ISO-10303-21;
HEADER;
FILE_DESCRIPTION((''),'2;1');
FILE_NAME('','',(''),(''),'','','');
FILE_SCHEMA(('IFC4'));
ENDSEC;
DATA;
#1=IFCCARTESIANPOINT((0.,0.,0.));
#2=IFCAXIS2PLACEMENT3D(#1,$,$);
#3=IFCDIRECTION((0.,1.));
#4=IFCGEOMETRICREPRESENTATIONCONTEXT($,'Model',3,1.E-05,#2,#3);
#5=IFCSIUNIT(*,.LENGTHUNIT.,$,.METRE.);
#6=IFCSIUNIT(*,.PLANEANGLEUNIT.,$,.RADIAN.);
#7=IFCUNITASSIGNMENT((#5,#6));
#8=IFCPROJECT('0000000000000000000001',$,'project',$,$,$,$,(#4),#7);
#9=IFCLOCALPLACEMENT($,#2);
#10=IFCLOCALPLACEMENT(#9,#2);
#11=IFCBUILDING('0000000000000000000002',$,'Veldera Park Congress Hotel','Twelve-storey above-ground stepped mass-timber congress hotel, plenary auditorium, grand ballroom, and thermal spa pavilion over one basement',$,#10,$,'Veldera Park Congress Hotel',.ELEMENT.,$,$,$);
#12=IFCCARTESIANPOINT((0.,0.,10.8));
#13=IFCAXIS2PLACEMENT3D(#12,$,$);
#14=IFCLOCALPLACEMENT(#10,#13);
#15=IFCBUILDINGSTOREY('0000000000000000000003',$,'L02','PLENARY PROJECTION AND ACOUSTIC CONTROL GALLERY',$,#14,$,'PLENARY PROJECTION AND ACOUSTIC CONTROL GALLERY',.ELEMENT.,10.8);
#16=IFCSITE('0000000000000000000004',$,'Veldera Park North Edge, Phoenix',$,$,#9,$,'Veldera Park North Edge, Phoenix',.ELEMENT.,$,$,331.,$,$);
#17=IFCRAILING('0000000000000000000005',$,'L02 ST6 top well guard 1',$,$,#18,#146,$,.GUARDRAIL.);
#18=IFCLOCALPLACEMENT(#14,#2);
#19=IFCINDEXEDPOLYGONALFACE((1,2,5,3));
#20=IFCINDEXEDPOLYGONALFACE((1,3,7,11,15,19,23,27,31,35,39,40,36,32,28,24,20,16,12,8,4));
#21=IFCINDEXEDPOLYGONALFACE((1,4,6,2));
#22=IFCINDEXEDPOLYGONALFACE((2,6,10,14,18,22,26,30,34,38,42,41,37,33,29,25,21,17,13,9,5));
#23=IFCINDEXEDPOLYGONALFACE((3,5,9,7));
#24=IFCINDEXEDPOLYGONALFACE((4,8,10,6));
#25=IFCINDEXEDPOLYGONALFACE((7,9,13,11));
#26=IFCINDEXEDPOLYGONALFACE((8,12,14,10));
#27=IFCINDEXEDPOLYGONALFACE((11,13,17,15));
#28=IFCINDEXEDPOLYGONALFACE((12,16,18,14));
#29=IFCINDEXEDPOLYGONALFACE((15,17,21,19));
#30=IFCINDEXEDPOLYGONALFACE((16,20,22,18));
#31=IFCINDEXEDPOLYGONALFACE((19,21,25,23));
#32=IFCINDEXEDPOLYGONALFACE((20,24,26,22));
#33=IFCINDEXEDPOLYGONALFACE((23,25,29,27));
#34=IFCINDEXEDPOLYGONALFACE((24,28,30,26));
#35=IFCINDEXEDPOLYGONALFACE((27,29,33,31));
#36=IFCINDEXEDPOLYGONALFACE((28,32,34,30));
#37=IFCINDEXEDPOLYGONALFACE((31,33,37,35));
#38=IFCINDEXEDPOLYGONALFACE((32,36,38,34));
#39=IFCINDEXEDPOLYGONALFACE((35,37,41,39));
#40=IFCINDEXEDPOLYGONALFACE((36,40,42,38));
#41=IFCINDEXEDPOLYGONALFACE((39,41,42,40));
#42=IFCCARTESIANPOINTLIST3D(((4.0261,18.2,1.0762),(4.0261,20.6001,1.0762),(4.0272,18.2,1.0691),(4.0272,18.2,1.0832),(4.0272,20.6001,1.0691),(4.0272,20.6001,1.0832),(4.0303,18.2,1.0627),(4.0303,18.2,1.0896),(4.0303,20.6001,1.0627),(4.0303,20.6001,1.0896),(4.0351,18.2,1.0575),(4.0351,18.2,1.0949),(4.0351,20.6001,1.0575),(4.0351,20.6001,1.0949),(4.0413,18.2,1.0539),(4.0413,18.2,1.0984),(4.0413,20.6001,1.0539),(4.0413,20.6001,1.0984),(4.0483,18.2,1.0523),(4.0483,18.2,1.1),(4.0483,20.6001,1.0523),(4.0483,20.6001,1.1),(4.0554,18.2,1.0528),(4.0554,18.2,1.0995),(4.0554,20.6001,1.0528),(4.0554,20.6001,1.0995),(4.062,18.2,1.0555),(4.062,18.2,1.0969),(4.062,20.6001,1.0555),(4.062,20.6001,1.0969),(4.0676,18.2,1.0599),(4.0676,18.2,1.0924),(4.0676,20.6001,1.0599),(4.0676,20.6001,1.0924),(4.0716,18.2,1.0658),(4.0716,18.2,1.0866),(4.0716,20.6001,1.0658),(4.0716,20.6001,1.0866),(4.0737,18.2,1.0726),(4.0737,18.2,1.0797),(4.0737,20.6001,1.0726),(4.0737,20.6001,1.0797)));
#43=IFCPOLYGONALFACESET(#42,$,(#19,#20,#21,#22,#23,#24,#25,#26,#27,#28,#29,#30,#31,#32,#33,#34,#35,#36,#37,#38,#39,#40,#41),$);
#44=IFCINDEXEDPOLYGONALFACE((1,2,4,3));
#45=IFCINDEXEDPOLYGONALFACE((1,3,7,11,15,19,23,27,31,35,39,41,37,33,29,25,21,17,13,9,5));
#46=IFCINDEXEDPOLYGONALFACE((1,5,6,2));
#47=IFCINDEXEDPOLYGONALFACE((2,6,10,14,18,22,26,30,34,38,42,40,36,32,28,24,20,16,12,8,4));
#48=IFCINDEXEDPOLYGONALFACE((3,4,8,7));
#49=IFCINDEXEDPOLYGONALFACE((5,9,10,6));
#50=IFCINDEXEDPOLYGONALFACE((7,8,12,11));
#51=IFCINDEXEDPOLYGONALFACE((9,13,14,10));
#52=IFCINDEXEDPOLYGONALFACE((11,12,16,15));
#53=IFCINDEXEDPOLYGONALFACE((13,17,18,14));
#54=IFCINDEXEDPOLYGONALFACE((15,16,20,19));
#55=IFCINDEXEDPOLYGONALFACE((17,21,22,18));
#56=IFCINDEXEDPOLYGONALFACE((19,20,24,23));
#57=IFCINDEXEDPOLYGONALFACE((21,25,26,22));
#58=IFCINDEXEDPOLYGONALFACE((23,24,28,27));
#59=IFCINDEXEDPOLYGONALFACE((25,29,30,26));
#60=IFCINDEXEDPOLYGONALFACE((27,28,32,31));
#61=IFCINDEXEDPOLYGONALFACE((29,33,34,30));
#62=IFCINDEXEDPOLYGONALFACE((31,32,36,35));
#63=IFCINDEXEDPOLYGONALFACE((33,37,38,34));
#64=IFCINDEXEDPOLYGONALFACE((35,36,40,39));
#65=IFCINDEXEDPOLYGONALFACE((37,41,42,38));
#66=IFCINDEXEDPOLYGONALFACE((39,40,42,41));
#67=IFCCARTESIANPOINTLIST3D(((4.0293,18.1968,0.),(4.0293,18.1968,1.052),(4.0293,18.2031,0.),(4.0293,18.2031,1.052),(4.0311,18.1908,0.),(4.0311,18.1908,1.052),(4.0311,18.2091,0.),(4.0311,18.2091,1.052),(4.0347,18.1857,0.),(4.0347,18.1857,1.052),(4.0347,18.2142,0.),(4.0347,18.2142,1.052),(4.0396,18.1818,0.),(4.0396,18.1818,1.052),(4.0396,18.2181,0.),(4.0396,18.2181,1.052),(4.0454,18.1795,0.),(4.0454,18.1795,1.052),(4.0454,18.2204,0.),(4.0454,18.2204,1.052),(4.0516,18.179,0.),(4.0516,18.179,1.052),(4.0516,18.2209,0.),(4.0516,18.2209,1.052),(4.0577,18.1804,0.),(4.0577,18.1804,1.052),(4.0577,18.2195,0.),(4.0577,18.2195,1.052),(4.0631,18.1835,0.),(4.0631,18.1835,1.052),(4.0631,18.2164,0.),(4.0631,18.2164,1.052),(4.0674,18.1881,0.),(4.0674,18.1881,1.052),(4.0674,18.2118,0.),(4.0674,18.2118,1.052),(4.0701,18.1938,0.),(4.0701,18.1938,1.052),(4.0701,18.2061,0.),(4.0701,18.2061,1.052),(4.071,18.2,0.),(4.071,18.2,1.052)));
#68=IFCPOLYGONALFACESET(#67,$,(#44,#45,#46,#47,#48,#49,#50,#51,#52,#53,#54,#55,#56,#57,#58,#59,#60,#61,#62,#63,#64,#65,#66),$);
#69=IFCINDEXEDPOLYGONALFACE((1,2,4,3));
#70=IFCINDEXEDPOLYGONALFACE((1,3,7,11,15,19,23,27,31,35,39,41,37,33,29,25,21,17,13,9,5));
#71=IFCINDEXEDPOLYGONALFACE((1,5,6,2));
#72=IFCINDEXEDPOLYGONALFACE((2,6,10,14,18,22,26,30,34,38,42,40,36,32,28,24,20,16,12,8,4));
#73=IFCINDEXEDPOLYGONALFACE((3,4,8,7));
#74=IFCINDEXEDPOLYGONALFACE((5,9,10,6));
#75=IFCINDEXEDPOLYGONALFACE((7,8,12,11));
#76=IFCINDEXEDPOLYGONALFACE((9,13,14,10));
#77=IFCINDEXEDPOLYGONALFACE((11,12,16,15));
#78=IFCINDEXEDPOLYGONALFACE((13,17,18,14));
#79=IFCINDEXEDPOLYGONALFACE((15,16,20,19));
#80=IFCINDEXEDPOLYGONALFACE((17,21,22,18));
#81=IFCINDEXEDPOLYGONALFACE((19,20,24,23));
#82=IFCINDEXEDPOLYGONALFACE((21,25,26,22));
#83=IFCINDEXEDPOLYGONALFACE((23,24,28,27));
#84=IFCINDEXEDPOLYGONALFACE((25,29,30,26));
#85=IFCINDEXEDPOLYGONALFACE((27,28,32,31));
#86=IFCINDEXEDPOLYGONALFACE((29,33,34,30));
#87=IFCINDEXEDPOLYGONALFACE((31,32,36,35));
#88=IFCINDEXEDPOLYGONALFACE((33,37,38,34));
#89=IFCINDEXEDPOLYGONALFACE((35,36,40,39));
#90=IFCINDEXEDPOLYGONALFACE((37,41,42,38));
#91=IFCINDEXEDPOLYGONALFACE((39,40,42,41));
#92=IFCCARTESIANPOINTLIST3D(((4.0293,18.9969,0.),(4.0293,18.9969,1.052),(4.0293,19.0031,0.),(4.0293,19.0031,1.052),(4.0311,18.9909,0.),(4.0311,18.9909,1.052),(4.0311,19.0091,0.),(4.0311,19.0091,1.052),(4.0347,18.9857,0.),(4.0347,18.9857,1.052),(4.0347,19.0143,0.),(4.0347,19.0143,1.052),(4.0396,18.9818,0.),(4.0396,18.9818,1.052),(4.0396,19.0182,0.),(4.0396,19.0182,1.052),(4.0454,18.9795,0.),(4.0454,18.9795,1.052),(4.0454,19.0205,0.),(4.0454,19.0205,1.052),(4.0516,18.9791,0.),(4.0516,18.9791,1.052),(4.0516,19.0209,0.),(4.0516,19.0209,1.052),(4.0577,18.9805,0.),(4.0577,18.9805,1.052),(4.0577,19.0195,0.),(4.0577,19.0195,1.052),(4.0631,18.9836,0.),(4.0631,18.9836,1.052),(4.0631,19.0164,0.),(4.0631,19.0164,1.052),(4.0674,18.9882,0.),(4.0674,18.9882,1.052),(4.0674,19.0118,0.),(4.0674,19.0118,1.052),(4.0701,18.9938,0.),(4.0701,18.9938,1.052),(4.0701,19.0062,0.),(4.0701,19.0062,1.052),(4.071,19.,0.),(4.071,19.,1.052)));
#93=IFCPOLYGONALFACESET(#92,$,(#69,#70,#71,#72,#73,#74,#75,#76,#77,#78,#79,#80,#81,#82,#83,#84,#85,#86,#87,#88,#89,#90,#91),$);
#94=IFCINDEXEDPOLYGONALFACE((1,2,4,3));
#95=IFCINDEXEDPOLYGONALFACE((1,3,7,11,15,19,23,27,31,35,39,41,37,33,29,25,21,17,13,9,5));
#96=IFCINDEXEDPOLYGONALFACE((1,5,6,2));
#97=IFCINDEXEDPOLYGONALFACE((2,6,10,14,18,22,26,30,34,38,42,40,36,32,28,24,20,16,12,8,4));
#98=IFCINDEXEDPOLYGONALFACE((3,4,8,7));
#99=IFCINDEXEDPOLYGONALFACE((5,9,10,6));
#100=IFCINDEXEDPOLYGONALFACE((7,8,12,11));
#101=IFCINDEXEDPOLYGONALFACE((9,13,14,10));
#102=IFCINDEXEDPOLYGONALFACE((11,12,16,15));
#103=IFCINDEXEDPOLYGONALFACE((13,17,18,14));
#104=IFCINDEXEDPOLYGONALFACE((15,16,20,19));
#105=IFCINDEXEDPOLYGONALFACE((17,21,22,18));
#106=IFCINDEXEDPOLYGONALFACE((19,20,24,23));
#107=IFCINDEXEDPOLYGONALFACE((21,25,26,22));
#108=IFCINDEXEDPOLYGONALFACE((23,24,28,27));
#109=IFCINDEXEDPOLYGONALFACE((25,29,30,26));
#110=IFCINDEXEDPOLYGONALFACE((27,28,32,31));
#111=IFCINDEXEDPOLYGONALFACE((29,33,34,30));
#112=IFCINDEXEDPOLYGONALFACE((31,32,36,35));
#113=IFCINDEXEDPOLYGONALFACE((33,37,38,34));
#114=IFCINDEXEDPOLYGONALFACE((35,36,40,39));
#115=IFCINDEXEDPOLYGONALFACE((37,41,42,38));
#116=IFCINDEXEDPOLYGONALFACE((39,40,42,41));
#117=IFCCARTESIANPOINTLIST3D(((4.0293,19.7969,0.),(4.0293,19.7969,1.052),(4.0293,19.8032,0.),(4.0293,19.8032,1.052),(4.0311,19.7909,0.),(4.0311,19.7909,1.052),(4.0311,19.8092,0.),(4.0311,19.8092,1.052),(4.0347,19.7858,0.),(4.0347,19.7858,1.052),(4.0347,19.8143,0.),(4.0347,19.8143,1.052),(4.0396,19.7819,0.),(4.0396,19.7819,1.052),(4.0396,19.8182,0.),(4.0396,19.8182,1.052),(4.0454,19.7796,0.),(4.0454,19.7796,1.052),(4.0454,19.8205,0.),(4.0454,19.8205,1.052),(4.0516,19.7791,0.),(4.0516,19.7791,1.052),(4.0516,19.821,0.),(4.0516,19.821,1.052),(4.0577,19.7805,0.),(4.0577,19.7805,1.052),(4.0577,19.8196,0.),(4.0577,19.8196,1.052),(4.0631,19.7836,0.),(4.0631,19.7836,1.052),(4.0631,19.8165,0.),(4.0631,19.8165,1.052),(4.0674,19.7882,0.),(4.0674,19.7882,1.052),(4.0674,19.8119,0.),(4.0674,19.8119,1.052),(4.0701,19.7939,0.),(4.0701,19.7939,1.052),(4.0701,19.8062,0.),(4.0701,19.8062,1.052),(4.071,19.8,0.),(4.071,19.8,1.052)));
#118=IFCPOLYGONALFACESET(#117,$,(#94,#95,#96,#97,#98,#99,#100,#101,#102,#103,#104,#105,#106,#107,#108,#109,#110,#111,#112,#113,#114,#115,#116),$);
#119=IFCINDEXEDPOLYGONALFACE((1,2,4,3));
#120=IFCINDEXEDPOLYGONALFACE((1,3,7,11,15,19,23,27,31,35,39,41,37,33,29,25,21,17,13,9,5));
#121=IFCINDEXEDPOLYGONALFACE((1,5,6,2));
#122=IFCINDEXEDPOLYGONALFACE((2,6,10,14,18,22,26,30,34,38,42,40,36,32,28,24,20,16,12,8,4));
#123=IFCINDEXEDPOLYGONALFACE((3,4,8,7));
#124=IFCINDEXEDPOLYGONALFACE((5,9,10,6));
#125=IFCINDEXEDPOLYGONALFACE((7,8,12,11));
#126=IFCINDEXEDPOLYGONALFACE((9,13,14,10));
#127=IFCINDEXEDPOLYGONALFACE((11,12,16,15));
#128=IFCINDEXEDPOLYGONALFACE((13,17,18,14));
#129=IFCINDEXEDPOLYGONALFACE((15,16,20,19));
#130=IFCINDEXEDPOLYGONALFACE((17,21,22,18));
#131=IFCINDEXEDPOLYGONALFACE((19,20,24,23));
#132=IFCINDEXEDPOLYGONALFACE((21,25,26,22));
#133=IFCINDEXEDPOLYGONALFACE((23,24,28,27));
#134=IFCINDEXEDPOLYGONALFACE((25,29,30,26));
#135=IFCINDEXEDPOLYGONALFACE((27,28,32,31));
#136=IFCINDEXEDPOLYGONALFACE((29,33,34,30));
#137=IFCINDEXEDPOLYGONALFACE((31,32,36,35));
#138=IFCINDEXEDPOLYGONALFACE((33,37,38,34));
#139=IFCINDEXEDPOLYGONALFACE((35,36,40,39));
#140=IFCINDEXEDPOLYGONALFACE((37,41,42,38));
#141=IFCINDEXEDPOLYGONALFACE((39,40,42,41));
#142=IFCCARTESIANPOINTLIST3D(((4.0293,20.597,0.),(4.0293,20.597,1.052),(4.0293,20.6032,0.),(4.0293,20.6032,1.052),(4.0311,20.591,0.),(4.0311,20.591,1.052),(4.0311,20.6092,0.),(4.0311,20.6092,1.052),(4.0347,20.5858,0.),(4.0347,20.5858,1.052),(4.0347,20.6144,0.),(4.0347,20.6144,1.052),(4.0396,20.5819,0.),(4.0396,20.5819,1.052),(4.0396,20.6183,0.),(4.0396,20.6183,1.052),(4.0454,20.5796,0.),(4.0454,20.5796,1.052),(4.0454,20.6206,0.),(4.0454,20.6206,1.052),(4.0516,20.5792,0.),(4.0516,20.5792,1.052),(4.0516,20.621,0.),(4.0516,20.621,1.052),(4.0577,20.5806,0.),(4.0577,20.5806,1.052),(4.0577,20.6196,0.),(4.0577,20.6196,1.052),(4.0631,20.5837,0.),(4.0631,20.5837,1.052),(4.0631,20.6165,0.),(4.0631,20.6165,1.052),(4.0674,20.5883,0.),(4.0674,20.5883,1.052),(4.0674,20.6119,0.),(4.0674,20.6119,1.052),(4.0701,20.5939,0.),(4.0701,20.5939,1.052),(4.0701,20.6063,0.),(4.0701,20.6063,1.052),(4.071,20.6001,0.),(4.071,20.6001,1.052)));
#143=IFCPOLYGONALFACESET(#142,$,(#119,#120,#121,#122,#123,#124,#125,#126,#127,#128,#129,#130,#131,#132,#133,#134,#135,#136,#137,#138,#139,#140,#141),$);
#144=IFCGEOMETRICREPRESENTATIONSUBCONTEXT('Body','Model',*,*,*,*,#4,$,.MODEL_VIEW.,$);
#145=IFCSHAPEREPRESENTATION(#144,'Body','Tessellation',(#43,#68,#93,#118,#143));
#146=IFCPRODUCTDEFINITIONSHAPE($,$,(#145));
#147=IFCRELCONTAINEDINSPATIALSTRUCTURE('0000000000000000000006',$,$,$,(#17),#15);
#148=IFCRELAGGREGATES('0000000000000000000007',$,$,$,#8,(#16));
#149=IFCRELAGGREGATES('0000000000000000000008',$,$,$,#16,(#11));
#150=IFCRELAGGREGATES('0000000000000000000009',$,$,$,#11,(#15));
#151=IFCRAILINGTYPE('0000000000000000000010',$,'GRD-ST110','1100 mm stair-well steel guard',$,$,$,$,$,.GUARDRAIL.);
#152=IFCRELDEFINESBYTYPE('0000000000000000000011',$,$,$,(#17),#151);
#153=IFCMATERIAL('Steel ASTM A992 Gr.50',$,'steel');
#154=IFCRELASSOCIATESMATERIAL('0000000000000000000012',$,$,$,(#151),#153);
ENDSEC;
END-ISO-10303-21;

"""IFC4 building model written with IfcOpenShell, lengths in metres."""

from ifc_helpers import new_model, si_unit, direction, frame, origin, origin_2d, place, context, subcontext, project, spatial, circle, extrude, material, type_object, element, save


model = new_model("IFC4")

# Units and contexts
model_context = context("Model", 3, precision=1e-05, world=origin(), true_north=direction((0.0, 1.0)))
body_context = subcontext(model_context, "Body", "Model", "MODEL_VIEW")
ifc_project = project(units=[si_unit("LENGTHUNIT", "METRE"), si_unit("PLANEANGLEUNIT", "RADIAN")], contexts=[model_context])

# Site, building, storey
site_placement = place(None, origin())
site = spatial("IfcSite", under=ifc_project, at=site_placement, Name="Veldera Park North Edge, Phoenix", LongName="Veldera Park North Edge, Phoenix", CompositionType="ELEMENT", RefElevation=331.0)
building_placement = place(site_placement, origin())
building = spatial("IfcBuilding", under=site, at=building_placement, Name="Veldera Park Congress Hotel", Description="Twelve-storey above-ground stepped mass-timber congress hotel, plenary auditorium, grand ballroom, and thermal spa pavilion over one basement", LongName="Veldera Park Congress Hotel", CompositionType="ELEMENT")
storey_placement = place(building_placement, frame((0.0, 0.0, 10.8)))
storey = spatial("IfcBuildingStorey", under=building, at=storey_placement, Name="L02", Description="PLENARY PROJECTION AND ACOUSTIC CONTROL GALLERY", LongName="PLENARY PROJECTION AND ACOUSTIC CONTROL GALLERY", CompositionType="ELEMENT", Elevation=10.8)

# Shared definitions
ifc_material_1 = material(Name="Steel ASTM A992 Gr.50", Category="steel")

# Railing
railing_type = type_object("IfcRailingType", Name="GRD-ST110", Description="1100 mm stair-well steel guard", PredefinedType="GUARDRAIL", material=ifc_material_1)
railing_placement = place(storey_placement, frame((4.05, 18.2, 0.0)))
element("IfcRailing", 1, at=railing_placement, inside=storey, type_object=railing_type, Name="L02 ST6 top well guard 1", PredefinedType="GUARDRAIL", context=body_context, shape_type="SweptSolid", body=[
    extrude(circle(Radius=0.0239, at=origin_2d()), frame((0.0, 0.0, 1.0762), z_axis=(0.0, 1.0, 0.0), x_axis=(-1.0, 0.0, 0.0)), (0.0, 0.0, 1.0), 2.4001),
    extrude(circle(Radius=0.021, at=origin_2d()), origin(), (0.0, 0.0, 1.0), 1.052),
    extrude(circle(Radius=0.021, at=origin_2d()), frame((0.0, 0.8, 0.0)), (0.0, 0.0, 1.0), 1.052),
    extrude(circle(Radius=0.021, at=origin_2d()), frame((0.0, 1.6001, 0.0)), (0.0, 0.0, 1.0), 1.052),
    extrude(circle(Radius=0.021, at=origin_2d()), frame((0.0, 2.4001, 0.0)), (0.0, 0.0, 1.0), 1.052),
])

save(model, "model.ifc")
